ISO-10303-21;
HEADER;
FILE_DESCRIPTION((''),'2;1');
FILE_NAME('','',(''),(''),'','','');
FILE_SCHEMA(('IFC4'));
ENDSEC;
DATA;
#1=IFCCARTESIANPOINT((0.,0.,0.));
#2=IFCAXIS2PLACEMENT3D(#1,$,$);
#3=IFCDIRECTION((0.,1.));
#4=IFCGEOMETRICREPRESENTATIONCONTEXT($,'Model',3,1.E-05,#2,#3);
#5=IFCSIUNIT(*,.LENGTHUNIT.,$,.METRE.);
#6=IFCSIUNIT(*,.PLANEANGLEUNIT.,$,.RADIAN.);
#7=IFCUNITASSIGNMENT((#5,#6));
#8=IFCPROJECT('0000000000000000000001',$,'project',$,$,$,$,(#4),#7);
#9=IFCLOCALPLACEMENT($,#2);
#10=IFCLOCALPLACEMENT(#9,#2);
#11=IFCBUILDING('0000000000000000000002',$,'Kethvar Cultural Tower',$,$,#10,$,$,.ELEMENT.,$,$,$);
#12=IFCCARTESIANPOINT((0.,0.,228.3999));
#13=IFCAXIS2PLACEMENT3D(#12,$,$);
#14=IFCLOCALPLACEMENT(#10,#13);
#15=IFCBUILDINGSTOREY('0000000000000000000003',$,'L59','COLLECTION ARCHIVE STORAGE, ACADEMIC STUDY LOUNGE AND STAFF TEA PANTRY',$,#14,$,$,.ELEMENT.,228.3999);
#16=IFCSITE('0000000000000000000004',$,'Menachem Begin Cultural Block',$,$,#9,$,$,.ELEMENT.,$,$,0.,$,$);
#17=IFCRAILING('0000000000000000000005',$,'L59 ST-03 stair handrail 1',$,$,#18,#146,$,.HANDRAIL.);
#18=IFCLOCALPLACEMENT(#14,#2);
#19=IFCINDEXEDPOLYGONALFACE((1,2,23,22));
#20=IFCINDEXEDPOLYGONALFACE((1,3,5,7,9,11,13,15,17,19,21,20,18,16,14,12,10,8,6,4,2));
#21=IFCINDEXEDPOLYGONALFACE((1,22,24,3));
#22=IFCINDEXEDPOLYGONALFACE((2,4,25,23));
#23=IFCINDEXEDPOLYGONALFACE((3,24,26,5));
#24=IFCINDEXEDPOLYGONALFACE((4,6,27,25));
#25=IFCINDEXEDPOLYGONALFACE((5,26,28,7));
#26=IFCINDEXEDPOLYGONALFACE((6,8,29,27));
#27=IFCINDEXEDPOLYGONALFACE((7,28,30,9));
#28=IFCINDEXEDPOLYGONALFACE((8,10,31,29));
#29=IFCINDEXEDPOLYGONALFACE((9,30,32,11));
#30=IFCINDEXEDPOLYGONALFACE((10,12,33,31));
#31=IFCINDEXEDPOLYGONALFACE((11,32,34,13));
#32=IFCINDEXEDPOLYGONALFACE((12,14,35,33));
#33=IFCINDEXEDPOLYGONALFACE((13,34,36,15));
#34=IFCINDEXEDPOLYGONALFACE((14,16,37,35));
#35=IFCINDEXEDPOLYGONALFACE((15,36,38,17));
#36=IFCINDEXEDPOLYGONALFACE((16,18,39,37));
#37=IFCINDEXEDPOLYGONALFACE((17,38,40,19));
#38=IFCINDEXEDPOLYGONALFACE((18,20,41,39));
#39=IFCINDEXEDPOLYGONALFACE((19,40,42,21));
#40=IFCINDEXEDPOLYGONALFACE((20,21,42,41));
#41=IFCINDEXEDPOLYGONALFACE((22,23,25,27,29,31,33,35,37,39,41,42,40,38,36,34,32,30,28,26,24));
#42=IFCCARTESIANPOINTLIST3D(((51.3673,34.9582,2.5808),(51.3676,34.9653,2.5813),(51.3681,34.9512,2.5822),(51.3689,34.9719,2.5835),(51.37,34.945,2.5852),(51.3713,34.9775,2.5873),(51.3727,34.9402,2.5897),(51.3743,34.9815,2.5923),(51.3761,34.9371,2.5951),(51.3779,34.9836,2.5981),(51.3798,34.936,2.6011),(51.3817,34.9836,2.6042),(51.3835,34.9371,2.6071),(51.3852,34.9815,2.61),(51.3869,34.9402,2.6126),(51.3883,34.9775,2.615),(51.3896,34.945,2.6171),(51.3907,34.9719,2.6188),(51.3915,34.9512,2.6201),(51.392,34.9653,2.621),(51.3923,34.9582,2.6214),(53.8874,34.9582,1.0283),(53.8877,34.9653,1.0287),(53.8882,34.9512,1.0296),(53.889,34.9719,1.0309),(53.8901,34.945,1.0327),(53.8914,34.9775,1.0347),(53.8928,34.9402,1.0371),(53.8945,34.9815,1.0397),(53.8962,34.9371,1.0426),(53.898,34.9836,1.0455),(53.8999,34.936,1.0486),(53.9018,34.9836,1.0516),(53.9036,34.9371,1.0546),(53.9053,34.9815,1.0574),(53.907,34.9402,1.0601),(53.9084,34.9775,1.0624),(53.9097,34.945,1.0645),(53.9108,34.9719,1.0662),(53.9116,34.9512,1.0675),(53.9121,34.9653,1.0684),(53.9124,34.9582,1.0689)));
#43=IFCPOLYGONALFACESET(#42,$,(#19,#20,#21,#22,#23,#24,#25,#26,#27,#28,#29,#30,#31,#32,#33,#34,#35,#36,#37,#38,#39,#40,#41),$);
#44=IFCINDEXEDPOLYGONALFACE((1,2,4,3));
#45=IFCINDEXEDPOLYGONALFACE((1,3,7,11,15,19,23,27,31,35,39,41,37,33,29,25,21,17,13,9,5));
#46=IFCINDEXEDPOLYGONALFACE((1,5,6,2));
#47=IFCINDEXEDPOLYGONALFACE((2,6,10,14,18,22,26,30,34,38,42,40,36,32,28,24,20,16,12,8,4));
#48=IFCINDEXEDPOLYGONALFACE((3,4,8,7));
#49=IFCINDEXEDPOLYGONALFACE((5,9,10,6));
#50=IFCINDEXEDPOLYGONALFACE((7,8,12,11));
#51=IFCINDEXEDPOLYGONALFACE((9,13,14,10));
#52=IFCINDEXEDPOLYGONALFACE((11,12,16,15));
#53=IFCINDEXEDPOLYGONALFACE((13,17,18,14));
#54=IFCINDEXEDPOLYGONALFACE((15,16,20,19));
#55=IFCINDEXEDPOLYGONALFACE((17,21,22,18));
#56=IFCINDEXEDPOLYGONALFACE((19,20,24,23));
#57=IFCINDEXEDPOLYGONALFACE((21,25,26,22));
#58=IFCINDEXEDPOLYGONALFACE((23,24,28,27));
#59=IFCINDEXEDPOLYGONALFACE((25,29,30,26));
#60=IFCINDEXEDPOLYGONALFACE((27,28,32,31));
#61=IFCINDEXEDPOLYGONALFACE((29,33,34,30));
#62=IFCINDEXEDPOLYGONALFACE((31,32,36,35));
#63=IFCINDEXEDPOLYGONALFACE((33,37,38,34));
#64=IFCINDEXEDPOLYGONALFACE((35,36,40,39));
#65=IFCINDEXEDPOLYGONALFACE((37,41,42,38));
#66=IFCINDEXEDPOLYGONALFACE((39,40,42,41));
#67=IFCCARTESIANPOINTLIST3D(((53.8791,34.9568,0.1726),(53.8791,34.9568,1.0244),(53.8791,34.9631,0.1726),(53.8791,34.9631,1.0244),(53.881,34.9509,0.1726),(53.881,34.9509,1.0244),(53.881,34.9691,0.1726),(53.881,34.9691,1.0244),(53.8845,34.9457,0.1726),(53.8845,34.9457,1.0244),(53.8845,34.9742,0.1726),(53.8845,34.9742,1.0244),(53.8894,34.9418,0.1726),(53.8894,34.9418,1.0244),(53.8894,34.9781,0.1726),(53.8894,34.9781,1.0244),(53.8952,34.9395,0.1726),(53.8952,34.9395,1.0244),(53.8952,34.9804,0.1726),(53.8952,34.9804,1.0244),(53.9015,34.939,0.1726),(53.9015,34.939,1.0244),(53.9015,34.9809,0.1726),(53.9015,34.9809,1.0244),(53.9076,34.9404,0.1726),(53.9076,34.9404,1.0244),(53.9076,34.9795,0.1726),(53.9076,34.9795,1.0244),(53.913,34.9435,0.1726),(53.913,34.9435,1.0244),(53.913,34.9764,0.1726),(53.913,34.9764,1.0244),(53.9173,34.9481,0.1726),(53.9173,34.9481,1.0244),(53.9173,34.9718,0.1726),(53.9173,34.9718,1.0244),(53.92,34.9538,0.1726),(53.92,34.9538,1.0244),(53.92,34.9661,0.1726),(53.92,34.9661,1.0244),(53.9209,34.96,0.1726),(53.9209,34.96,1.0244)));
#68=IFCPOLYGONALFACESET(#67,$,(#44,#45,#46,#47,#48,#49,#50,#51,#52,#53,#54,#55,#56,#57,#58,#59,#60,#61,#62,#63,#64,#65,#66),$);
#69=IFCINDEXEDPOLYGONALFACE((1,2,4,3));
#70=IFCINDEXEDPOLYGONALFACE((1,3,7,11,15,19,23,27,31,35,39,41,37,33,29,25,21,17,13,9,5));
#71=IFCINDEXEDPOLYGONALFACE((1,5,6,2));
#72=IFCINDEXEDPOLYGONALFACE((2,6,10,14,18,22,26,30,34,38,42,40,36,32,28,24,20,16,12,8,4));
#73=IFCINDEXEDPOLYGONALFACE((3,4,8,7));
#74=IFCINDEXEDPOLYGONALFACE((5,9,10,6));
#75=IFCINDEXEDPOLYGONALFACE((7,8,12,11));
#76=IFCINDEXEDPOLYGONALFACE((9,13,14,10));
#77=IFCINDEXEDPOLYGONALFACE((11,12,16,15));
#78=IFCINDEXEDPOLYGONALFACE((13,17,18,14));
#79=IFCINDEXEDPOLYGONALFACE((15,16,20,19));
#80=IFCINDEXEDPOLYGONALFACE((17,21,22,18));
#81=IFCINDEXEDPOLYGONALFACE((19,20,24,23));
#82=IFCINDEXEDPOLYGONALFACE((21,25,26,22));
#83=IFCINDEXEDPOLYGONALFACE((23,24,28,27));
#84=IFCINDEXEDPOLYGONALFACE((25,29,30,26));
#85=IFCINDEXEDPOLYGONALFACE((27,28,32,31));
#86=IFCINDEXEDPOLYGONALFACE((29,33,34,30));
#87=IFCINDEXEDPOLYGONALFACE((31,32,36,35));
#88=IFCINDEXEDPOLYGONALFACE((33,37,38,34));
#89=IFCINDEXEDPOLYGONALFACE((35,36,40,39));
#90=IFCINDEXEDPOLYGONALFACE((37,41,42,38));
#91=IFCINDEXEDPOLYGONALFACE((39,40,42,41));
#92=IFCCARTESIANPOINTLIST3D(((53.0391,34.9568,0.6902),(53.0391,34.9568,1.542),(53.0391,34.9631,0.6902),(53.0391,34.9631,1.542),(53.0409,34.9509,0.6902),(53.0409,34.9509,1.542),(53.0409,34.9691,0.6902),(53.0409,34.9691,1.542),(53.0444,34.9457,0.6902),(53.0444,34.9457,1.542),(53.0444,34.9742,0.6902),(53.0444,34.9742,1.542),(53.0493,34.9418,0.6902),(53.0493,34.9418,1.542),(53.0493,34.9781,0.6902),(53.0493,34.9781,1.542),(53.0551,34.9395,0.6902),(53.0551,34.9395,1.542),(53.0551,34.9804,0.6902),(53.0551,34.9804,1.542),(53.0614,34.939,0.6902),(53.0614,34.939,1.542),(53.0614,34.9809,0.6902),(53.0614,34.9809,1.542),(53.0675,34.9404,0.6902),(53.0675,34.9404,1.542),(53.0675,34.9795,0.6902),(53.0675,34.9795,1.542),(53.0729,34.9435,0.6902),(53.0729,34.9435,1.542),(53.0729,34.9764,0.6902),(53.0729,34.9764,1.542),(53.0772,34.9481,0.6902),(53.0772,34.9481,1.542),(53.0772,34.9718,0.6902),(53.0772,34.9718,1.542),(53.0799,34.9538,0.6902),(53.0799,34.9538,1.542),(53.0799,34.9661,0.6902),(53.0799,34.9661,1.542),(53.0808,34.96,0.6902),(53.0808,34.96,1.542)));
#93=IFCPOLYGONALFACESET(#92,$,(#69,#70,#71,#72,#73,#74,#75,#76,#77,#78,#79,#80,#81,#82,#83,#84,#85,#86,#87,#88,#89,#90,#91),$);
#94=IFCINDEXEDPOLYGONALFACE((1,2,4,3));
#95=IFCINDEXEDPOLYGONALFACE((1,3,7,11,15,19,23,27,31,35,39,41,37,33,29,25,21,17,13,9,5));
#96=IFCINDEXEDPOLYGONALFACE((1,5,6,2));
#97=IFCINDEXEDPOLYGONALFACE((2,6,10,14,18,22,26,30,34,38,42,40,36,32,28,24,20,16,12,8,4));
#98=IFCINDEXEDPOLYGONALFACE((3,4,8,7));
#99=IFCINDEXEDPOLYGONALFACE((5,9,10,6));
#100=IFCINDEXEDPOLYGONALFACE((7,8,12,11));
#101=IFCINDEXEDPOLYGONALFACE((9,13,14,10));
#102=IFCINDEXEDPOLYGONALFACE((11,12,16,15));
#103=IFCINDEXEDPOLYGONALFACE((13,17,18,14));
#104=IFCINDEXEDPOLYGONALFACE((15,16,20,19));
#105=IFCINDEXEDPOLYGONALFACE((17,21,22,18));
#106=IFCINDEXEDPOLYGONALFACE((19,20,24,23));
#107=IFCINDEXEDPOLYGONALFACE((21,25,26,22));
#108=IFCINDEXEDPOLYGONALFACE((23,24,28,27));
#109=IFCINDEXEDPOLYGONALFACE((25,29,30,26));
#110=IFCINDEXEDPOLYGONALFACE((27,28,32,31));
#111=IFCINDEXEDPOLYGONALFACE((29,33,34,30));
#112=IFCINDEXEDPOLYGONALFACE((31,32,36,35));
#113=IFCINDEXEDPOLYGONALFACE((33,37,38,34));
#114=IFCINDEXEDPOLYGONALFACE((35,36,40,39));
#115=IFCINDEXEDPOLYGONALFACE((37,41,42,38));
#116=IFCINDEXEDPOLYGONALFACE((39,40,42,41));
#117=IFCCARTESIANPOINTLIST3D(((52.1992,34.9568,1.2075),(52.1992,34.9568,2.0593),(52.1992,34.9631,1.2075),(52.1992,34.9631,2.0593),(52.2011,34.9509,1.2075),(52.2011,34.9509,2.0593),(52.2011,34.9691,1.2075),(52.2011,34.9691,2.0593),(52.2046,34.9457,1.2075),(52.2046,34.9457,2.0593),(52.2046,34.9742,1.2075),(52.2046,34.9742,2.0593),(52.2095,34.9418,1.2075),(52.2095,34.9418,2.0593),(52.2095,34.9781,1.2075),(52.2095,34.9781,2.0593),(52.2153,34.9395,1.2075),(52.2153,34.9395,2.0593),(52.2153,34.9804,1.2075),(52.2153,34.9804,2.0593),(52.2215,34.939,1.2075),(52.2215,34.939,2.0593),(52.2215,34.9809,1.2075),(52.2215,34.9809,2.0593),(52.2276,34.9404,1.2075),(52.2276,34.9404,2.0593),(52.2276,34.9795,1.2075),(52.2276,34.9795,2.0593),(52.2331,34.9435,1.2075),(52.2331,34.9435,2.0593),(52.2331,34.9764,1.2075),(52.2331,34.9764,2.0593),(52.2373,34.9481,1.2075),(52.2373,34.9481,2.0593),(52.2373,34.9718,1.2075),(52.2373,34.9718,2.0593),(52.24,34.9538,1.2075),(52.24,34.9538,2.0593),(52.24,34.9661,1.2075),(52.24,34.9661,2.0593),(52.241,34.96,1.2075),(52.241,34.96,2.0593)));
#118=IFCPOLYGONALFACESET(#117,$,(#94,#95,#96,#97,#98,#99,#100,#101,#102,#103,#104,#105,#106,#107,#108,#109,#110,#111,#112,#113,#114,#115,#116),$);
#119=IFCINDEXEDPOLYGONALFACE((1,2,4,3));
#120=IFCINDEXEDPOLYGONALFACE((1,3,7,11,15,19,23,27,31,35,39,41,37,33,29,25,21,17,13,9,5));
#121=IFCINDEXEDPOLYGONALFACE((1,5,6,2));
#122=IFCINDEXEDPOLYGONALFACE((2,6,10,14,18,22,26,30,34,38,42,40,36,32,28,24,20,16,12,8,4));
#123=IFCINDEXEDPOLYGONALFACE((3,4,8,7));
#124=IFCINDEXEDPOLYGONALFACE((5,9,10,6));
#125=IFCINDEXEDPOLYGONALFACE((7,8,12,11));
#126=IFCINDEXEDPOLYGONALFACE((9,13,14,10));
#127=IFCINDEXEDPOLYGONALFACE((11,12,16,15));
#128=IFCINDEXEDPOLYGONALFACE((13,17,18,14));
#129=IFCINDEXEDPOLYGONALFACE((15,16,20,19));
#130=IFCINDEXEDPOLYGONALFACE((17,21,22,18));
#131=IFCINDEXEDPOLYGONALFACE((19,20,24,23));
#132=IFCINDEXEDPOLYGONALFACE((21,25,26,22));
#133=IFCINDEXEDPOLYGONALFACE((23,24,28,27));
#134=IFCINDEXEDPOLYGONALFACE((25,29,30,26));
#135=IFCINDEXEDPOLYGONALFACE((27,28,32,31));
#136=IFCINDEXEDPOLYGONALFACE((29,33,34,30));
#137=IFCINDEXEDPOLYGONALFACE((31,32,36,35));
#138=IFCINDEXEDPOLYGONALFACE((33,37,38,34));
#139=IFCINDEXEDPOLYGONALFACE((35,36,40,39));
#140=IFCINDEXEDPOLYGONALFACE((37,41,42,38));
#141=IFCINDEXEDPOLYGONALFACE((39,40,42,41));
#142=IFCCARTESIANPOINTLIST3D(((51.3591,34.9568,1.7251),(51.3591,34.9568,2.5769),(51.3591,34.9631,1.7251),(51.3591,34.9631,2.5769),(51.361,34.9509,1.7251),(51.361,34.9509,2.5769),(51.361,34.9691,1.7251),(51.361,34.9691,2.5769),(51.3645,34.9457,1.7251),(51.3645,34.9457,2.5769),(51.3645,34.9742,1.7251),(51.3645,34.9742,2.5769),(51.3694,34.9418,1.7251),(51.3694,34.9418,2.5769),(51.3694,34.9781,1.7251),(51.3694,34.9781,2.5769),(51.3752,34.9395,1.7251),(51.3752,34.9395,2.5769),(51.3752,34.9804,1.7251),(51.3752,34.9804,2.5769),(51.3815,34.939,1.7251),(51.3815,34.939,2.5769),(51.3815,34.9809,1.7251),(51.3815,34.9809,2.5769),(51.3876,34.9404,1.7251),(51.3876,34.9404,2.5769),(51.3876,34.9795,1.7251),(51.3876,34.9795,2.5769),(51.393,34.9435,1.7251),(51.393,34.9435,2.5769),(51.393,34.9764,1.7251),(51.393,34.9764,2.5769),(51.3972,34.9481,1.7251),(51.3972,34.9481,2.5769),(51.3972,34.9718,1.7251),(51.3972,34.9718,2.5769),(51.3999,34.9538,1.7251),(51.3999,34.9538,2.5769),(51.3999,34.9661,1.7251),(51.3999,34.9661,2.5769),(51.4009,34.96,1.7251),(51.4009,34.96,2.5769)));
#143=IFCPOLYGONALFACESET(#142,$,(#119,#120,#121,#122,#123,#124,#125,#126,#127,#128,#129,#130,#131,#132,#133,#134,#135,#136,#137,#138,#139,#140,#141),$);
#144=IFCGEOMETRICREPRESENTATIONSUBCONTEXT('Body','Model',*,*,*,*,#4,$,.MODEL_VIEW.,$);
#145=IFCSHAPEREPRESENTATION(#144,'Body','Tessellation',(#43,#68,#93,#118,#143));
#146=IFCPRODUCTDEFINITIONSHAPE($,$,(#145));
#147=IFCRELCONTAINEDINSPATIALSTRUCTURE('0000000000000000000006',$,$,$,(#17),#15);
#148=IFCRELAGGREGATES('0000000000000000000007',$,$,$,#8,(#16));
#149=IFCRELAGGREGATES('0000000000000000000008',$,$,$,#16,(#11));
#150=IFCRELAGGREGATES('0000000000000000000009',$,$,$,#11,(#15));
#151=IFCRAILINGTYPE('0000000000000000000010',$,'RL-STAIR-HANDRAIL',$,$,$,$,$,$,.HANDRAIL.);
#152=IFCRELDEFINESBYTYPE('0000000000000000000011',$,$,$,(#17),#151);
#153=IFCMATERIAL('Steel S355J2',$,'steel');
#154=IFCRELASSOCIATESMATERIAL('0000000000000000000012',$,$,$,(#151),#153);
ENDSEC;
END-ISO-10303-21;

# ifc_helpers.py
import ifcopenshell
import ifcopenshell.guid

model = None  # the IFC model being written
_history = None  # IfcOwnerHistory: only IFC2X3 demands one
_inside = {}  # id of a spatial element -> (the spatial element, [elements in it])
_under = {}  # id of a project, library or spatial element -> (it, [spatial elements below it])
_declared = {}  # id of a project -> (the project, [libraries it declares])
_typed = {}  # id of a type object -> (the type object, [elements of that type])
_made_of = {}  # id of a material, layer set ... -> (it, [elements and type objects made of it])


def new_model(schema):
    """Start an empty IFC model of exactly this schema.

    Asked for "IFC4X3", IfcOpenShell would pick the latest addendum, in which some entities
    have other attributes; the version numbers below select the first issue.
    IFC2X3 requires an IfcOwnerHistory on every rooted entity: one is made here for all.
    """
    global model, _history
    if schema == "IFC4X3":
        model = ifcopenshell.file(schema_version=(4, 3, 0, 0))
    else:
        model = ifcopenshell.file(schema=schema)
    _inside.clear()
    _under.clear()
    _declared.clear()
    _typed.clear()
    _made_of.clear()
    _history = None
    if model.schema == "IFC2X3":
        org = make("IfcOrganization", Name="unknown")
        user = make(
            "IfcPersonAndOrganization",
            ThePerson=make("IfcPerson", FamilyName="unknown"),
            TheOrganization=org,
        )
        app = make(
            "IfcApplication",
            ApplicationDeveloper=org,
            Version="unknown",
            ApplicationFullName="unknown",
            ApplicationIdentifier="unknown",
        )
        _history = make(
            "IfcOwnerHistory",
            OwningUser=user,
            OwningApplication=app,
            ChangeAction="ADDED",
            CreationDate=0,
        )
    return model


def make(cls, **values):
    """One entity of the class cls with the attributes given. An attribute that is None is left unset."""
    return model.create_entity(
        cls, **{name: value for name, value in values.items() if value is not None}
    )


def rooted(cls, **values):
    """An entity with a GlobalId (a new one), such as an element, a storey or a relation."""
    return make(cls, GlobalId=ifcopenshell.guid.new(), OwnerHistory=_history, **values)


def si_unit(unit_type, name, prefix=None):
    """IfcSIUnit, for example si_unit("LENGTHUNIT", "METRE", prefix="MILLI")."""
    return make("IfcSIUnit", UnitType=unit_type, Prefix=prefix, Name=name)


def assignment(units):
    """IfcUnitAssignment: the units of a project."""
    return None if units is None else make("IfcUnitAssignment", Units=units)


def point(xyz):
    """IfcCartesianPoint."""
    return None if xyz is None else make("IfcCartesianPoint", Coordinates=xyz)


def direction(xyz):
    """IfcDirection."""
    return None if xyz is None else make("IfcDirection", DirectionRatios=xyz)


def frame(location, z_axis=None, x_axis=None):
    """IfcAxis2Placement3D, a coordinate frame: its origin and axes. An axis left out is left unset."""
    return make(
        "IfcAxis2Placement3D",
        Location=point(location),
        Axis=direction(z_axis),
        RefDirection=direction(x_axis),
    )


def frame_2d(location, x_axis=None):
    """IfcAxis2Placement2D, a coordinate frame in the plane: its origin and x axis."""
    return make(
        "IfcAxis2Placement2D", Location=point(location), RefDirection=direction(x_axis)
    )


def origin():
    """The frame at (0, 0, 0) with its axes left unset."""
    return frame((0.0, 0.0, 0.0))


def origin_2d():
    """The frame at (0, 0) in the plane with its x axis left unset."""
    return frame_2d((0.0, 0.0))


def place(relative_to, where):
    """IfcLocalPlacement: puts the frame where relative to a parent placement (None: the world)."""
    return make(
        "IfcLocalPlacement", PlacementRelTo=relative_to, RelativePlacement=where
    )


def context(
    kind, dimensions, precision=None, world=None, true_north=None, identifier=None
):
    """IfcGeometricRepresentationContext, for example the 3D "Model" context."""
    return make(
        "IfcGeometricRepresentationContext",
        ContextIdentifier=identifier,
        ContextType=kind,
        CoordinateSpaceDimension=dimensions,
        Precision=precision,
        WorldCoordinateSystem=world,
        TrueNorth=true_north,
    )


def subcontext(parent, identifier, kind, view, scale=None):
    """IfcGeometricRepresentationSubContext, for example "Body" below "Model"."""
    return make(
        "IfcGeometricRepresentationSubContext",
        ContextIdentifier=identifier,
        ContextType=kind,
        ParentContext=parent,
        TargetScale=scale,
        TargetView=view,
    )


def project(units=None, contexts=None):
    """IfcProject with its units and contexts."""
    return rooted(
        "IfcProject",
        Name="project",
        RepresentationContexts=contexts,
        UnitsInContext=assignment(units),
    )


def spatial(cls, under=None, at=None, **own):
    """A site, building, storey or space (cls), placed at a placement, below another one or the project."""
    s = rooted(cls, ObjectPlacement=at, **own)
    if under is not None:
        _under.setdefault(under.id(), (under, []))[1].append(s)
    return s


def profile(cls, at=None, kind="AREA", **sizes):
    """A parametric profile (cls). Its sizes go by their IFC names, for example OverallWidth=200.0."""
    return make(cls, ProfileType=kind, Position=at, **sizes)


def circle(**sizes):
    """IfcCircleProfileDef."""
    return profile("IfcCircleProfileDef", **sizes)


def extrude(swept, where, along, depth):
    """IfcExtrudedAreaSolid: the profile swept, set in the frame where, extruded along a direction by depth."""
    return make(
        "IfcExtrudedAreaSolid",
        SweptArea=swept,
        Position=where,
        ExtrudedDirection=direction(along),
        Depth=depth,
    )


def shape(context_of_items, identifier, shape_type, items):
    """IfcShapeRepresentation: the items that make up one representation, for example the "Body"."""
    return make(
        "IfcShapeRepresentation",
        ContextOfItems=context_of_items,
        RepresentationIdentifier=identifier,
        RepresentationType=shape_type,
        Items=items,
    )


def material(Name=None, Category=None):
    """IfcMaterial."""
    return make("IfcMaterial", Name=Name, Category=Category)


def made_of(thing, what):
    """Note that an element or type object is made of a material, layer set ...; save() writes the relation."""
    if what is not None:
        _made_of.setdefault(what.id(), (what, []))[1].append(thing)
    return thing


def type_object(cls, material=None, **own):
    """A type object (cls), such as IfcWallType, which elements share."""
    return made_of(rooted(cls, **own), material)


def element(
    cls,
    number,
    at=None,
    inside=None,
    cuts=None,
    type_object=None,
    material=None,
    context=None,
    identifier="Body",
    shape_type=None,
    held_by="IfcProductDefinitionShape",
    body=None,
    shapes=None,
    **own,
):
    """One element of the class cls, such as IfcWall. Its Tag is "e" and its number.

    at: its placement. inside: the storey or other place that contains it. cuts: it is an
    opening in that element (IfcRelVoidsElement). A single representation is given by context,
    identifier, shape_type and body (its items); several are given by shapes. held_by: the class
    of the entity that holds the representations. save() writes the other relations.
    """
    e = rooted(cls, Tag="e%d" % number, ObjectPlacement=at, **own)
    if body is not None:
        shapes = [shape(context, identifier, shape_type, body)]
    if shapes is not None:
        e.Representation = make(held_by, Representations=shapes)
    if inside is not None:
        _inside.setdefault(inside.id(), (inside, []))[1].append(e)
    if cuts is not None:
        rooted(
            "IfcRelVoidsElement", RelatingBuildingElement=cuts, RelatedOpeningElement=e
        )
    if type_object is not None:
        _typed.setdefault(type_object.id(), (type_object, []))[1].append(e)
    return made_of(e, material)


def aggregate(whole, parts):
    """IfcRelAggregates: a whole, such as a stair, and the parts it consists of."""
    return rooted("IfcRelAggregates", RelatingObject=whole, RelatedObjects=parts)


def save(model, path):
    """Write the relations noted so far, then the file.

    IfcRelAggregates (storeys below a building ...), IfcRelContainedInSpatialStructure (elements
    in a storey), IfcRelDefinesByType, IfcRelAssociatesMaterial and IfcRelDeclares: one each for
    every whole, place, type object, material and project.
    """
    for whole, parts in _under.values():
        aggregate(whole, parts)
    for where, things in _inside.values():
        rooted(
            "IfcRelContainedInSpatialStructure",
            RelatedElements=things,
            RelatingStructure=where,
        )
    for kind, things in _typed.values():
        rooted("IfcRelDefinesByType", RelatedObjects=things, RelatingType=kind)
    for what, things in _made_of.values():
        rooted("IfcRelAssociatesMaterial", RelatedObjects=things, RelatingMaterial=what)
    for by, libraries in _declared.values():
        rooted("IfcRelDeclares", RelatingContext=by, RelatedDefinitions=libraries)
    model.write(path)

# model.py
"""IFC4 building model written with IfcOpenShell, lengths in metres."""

from ifc_helpers import new_model, si_unit, direction, frame, origin, origin_2d, place, context, subcontext, project, spatial, circle, extrude, material, type_object, element, save


model = new_model("IFC4")

# Units and contexts
model_context = context("Model", 3, precision=1e-05, world=origin(), true_north=direction((0.0, 1.0)))
body_context = subcontext(model_context, "Body", "Model", "MODEL_VIEW")
ifc_project = project(units=[si_unit("LENGTHUNIT", "METRE"), si_unit("PLANEANGLEUNIT", "RADIAN")], contexts=[model_context])

# Site, building, storey
site_placement = place(None, origin())
site = spatial("IfcSite", under=ifc_project, at=site_placement, Name="Menachem Begin Cultural Block", CompositionType="ELEMENT", RefElevation=0.0)
building_placement = place(site_placement, origin())
building = spatial("IfcBuilding", under=site, at=building_placement, Name="Kethvar Cultural Tower", CompositionType="ELEMENT")
storey_placement = place(building_placement, frame((0.0, 0.0, 228.3999)))
storey = spatial("IfcBuildingStorey", under=building, at=storey_placement, Name="L59", Description="COLLECTION ARCHIVE STORAGE, ACADEMIC STUDY LOUNGE AND STAFF TEA PANTRY", CompositionType="ELEMENT", Elevation=228.3999)

# Shared definitions
ifc_material_1 = material(Name="Steel S355J2", Category="steel")

# Railing
railing_type_1 = type_object("IfcRailingType", Name="RL-STAIR-HANDRAIL", PredefinedType="HANDRAIL", material=ifc_material_1)
railing_1_placement = place(storey_placement, frame((53.8999, 34.96, 0.1726)))
element("IfcRailing", 1, at=railing_1_placement, inside=storey, type_object=railing_type_1, Name="L59 ST-03 stair handrail 1", PredefinedType="HANDRAIL", context=body_context, shape_type="SweptSolid", body=[
    extrude(circle(Radius=0.0239, at=origin_2d()), frame((0.0, 0.0, 0.876), z_axis=(-0.8514, 0.0, 0.524516), x_axis=(0.0, -1.0, 0.0)), (0.0, 0.0, 1.0), 2.96),
    extrude(circle(Radius=0.021, at=origin_2d()), origin(), (0.0, 0.0, 1.0), 0.8518),
    extrude(circle(Radius=0.021, at=origin_2d()), frame((-0.8401, 0.0, 0.5176)), (0.0, 0.0, 1.0), 0.8518),
    extrude(circle(Radius=0.021, at=origin_2d()), frame((-1.6799, 0.0, 1.0349)), (0.0, 0.0, 1.0), 0.8518),
    extrude(circle(Radius=0.021, at=origin_2d()), frame((-2.52, 0.0, 1.5525)), (0.0, 0.0, 1.0), 0.8518),
])

save(model, "model.ifc")
